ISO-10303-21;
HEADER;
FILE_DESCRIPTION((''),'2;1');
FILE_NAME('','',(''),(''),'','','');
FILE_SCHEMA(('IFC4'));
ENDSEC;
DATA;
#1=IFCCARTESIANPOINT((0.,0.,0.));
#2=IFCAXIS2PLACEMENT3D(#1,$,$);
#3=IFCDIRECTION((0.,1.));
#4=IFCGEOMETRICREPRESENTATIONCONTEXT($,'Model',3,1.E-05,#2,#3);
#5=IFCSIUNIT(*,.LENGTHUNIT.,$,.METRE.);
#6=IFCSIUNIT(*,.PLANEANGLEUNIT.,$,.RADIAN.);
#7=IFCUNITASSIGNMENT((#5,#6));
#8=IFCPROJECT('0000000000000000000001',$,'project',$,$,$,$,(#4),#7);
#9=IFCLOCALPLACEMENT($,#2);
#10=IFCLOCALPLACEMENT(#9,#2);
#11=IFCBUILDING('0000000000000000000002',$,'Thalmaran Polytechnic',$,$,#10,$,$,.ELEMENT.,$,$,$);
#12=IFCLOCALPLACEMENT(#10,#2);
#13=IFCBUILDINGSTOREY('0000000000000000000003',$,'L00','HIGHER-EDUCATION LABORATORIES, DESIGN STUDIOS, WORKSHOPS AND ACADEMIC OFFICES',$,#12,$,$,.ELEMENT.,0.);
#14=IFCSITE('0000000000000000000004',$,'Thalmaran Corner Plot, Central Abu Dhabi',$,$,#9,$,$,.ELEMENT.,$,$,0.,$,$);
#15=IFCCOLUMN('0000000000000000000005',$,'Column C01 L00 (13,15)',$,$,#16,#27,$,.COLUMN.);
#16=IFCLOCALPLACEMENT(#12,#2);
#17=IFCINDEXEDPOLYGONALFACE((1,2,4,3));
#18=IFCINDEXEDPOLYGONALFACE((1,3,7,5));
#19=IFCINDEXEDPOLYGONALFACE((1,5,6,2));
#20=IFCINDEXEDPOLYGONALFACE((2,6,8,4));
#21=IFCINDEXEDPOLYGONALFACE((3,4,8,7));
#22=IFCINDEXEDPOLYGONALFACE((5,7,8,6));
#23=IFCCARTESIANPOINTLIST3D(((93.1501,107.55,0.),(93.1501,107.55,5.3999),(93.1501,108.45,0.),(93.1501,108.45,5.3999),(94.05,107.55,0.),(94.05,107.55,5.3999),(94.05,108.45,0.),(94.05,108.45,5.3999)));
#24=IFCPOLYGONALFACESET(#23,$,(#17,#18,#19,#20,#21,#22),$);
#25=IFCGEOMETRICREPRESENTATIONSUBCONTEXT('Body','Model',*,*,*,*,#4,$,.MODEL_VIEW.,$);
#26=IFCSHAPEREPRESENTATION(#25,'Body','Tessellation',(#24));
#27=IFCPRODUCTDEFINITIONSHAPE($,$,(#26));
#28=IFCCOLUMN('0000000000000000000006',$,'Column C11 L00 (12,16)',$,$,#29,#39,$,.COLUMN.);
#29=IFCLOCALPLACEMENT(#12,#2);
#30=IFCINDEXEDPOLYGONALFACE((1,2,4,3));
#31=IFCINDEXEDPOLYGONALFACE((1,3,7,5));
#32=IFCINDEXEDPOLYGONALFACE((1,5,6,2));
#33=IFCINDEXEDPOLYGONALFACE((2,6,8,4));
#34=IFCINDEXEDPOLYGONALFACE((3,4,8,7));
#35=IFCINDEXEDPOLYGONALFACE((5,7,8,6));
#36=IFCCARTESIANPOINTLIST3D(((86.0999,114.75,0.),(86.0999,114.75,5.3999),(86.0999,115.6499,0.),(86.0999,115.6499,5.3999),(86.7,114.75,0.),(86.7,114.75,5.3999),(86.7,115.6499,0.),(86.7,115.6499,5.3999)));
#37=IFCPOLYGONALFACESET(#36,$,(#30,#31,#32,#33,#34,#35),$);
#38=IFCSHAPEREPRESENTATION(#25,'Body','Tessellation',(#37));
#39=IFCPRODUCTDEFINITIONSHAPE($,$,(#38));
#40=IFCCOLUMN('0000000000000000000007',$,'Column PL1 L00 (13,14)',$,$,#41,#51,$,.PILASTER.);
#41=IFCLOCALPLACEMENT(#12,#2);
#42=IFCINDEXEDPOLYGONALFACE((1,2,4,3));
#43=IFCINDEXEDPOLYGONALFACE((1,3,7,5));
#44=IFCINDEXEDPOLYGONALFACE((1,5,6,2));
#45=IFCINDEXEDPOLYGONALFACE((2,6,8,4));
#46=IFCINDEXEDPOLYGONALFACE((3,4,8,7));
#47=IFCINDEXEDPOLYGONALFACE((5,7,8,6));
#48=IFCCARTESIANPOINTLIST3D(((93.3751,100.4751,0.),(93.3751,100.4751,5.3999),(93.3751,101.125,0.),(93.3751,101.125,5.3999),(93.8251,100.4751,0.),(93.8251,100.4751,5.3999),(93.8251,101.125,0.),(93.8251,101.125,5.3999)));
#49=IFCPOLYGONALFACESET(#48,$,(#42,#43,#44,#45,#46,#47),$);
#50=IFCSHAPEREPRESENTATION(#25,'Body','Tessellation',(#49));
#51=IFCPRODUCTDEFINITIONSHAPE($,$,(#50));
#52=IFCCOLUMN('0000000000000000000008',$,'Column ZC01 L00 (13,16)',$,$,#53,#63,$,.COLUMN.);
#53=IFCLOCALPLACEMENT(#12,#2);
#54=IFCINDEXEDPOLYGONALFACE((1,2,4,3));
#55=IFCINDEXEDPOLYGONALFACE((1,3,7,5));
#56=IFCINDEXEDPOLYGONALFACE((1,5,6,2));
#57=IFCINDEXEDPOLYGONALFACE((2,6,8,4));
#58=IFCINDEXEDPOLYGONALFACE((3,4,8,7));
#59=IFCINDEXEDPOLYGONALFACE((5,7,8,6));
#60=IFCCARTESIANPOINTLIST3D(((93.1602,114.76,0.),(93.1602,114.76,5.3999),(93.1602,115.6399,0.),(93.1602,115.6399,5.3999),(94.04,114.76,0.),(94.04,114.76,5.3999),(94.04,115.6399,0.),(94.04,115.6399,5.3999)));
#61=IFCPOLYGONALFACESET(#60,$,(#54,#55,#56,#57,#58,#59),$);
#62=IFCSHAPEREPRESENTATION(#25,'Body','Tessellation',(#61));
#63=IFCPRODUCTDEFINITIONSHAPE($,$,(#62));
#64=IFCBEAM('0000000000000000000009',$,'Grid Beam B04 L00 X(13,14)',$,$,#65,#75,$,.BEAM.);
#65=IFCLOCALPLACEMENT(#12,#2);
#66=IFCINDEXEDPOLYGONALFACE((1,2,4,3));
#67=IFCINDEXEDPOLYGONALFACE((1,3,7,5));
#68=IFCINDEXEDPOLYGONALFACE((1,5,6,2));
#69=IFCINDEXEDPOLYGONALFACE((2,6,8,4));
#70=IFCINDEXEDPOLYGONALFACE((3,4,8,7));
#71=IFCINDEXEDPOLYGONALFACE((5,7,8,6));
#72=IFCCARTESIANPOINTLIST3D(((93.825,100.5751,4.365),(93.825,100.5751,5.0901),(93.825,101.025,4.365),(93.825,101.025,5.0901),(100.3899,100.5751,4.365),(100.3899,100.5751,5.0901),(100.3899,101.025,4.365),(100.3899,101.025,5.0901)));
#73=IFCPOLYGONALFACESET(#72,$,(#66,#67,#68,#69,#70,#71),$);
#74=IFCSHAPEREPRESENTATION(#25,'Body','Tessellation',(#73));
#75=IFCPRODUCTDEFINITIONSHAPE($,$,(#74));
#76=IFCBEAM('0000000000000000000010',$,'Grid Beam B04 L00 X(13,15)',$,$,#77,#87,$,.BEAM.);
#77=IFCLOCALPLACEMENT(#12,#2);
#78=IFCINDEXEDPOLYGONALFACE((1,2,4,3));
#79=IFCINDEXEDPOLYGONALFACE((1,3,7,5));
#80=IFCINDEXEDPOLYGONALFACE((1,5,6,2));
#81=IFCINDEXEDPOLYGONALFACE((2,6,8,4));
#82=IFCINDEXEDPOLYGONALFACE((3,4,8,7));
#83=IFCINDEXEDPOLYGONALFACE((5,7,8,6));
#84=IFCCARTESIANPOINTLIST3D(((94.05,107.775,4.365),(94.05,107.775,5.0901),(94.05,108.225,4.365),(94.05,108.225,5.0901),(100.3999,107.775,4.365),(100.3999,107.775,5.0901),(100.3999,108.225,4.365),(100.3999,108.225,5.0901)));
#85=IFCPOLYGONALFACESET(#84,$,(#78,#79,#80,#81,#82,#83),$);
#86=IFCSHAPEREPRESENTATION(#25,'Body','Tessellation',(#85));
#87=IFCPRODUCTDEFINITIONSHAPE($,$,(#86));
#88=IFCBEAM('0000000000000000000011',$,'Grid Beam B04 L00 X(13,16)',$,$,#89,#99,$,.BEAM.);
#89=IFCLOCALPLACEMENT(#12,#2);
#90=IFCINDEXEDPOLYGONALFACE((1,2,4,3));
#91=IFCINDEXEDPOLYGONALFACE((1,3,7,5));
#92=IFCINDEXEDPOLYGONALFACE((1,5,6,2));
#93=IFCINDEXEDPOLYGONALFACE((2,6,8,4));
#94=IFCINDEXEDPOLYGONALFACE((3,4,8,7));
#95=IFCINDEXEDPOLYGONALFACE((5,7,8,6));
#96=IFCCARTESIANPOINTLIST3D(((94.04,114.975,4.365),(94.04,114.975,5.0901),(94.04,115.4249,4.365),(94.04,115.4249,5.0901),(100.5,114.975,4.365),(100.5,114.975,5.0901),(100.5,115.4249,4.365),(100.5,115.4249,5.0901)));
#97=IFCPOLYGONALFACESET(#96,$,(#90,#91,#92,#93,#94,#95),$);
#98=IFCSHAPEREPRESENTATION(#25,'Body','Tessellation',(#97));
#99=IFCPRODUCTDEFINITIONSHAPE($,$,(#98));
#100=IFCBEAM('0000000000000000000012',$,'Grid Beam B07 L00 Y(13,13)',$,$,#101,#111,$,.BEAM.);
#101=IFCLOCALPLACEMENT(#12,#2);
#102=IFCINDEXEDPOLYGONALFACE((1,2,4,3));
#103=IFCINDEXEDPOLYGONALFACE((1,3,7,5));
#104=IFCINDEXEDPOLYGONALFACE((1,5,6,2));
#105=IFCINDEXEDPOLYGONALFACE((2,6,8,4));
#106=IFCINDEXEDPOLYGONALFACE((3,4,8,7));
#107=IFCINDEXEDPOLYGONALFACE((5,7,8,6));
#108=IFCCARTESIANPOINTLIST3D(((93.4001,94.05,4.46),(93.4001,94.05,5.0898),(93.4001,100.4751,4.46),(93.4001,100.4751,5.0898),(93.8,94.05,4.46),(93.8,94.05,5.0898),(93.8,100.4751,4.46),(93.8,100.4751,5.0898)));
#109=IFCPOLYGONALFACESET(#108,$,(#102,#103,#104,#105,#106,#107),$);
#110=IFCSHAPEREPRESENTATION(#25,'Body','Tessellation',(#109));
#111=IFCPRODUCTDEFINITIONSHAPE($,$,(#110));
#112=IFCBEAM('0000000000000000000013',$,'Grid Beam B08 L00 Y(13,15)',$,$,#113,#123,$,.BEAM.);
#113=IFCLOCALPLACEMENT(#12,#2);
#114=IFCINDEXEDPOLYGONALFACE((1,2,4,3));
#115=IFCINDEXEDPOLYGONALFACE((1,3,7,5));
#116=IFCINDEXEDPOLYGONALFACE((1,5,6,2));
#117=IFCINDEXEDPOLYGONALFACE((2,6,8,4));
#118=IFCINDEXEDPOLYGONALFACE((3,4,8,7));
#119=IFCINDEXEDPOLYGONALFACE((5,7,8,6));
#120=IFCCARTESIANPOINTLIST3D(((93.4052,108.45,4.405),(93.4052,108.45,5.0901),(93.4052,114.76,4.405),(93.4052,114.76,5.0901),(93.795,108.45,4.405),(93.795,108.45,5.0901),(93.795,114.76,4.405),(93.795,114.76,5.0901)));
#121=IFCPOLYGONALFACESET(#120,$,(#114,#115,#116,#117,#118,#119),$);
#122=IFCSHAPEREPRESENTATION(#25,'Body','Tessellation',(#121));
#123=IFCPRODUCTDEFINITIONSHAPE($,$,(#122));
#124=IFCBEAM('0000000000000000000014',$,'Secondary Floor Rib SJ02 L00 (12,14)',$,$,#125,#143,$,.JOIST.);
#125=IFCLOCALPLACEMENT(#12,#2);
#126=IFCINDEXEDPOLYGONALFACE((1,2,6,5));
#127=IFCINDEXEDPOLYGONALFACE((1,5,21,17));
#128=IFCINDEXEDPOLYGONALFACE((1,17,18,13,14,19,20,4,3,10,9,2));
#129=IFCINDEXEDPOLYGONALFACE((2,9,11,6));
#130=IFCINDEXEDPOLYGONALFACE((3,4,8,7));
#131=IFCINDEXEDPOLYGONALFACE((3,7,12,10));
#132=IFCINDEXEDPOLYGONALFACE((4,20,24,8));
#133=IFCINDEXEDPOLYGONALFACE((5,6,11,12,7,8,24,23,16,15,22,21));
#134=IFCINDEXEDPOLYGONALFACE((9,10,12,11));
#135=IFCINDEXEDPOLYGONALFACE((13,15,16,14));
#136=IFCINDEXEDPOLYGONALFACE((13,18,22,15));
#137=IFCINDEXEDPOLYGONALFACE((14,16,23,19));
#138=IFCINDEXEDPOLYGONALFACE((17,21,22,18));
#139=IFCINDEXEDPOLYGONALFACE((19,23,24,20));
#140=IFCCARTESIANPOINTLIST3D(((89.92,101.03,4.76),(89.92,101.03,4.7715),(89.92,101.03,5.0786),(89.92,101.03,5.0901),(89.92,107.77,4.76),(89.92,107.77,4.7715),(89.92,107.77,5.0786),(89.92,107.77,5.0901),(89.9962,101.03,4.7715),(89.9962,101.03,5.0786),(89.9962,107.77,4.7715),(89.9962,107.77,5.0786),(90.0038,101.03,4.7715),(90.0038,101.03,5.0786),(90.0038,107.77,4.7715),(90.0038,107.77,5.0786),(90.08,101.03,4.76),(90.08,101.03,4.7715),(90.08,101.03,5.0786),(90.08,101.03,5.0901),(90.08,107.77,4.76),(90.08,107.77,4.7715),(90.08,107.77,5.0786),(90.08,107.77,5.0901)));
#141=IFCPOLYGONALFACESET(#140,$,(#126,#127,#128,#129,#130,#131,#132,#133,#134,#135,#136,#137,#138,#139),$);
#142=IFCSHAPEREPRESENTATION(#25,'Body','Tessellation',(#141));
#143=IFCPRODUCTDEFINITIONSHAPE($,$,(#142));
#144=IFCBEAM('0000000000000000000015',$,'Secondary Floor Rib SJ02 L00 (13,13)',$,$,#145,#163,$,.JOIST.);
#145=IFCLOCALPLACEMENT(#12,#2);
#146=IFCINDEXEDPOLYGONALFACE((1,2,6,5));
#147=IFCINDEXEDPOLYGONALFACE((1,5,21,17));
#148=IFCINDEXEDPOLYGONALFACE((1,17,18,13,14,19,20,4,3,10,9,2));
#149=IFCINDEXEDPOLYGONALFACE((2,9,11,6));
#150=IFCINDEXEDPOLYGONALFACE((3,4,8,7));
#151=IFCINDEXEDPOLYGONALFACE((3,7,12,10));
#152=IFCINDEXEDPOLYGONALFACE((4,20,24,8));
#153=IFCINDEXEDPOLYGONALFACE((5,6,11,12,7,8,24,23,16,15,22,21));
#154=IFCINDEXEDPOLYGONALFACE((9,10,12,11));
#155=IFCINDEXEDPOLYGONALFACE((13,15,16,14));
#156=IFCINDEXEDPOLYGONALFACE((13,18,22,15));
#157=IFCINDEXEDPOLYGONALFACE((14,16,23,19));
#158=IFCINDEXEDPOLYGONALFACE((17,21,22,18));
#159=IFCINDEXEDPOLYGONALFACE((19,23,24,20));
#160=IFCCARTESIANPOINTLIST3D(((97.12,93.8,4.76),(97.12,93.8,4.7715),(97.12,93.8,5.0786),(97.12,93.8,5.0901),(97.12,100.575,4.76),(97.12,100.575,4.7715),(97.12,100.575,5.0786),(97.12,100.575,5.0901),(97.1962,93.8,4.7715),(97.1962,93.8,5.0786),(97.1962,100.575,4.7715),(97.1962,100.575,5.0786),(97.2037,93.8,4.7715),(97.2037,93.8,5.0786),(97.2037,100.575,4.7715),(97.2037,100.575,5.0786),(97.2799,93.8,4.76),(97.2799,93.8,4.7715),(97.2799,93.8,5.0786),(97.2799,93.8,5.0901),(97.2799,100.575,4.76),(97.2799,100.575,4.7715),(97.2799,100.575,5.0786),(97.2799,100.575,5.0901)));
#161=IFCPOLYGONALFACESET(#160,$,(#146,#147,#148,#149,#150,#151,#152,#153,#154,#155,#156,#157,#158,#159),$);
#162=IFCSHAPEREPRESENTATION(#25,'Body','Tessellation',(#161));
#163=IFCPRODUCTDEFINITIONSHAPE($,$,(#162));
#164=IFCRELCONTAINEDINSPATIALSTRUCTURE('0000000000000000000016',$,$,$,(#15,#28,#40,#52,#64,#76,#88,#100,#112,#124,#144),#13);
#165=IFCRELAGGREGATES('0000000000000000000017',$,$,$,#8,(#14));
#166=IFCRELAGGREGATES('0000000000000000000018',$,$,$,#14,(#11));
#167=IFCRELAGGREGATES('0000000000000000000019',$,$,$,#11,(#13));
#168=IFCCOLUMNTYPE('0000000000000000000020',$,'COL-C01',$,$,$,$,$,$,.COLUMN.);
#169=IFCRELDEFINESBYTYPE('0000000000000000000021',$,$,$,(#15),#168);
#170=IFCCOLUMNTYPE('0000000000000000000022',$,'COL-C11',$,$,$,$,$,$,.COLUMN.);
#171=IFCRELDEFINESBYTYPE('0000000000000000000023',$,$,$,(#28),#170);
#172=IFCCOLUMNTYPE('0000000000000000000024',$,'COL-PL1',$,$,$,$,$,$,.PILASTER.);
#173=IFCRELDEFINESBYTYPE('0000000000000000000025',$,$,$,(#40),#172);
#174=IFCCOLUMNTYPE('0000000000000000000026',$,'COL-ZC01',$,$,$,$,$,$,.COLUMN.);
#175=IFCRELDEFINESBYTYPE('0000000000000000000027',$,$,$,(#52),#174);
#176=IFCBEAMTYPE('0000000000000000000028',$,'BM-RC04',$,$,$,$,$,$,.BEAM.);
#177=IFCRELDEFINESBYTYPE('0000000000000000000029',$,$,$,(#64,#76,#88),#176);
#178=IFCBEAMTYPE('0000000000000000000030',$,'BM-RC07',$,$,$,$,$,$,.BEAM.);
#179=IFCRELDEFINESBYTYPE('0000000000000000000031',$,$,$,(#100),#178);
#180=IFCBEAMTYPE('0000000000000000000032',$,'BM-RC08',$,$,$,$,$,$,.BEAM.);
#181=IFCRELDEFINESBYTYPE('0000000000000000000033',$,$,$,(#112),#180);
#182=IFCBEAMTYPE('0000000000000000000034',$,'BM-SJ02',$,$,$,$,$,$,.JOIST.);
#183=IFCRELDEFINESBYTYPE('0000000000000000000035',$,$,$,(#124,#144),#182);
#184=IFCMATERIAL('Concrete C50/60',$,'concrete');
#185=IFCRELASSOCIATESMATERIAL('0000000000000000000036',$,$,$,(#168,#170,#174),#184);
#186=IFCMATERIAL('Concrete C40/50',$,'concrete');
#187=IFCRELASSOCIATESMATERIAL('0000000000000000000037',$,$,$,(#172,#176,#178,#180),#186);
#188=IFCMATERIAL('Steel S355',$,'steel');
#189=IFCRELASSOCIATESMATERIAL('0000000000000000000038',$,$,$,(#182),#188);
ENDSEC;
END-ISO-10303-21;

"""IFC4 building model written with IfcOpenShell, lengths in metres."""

from ifc_helpers import new_model, si_unit, direction, frame, origin, origin_2d, place, context, subcontext, project, spatial, rectangle, i_section, extrude, material, material_profile, profile_set, type_object, element, save


model = new_model("IFC4")

# Units and contexts
model_context = context("Model", 3, precision=1e-05, world=origin(), true_north=direction((0.0, 1.0)))
body_context = subcontext(model_context, "Body", "Model", "MODEL_VIEW")
ifc_project = project(units=[si_unit("LENGTHUNIT", "METRE"), si_unit("PLANEANGLEUNIT", "RADIAN")], contexts=[model_context])

# Site, building, storey
site_placement = place(None, origin())
site = spatial("IfcSite", under=ifc_project, at=site_placement, Name="Thalmaran Corner Plot, Central Abu Dhabi", CompositionType="ELEMENT", RefElevation=0.0)
building_placement = place(site_placement, origin())
building = spatial("IfcBuilding", under=site, at=building_placement, Name="Thalmaran Polytechnic", CompositionType="ELEMENT")
storey_placement = place(building_placement, origin())
storey = spatial("IfcBuildingStorey", under=building, at=storey_placement, Name="L00", Description="HIGHER-EDUCATION LABORATORIES, DESIGN STUDIOS, WORKSHOPS AND ACADEMIC OFFICES", CompositionType="ELEMENT", Elevation=0.0)

# Columns
ifc_material_1 = material(Name="Concrete C50/60", Category="concrete")
ifc_material_profile_1 = material_profile(ifc_material_1, rectangle(XDim=0.8999, YDim=0.8999, at=origin_2d()), Name="RC 900x900")
ifc_profile_set_1 = profile_set([ifc_material_profile_1], Name="Concrete C50/60")
column_type_1 = type_object("IfcColumnType", Name="COL-C01", PredefinedType="COLUMN", material=ifc_profile_set_1)
column_1_placement = place(storey_placement, frame((93.6001, 108.0, 0.0), z_axis=(0.0, 0.0, 1.0), x_axis=(1.0, 0.0, 0.0)))
element("IfcColumn", 1, at=column_1_placement, inside=storey, type_object=column_type_1, Name="Column C01 L00 (13,15)", PredefinedType="COLUMN", context=body_context, shape_type="SweptSolid", body=[
    extrude(rectangle(XDim=0.8999, YDim=0.8999, at=origin_2d()), origin(), (0.0, 0.0, 1.0), 5.3999),
])
ifc_material_profile_2 = material_profile(ifc_material_1, rectangle(XDim=0.6001, YDim=0.8999, at=origin_2d()), Name="RC 600x900")
ifc_profile_set_2 = profile_set([ifc_material_profile_2], Name="Concrete C50/60")
column_type_2 = type_object("IfcColumnType", Name="COL-C11", PredefinedType="COLUMN", material=ifc_profile_set_2)
column_2_placement = place(storey_placement, frame((86.3999, 115.2, 0.0), z_axis=(0.0, 0.0, 1.0), x_axis=(1.0, 0.0, 0.0)))
element("IfcColumn", 2, at=column_2_placement, inside=storey, type_object=column_type_2, Name="Column C11 L00 (12,16)", PredefinedType="COLUMN", context=body_context, shape_type="SweptSolid", body=[
    extrude(rectangle(XDim=0.6001, YDim=0.8999, at=origin_2d()), origin(), (0.0, 0.0, 1.0), 5.3999),
])
ifc_material_2 = material(Name="Concrete C40/50", Category="concrete")
ifc_material_profile_3 = material_profile(ifc_material_2, rectangle(XDim=0.45, YDim=0.6499, at=origin_2d()), Name="RC 450x650")
ifc_profile_set_3 = profile_set([ifc_material_profile_3], Name="Concrete C40/50")
column_type_3 = type_object("IfcColumnType", Name="COL-PL1", PredefinedType="PILASTER", material=ifc_profile_set_3)
column_3_placement = place(storey_placement, frame((93.6001, 100.8, 0.0), z_axis=(0.0, 0.0, 1.0), x_axis=(1.0, 0.0, 0.0)))
element("IfcColumn", 3, at=column_3_placement, inside=storey, type_object=column_type_3, Name="Column PL1 L00 (13,14)", PredefinedType="PILASTER", context=body_context, shape_type="SweptSolid", body=[
    extrude(rectangle(XDim=0.45, YDim=0.6499, at=origin_2d()), origin(), (0.0, 0.0, 1.0), 5.3999),
])
ifc_material_profile_4 = material_profile(ifc_material_1, rectangle(XDim=0.8799, YDim=0.8799, at=origin_2d()), Name="RC 880x880")
ifc_profile_set_4 = profile_set([ifc_material_profile_4], Name="Concrete C50/60")
column_type_4 = type_object("IfcColumnType", Name="COL-ZC01", PredefinedType="COLUMN", material=ifc_profile_set_4)
column_4_placement = place(storey_placement, frame((93.6001, 115.2, 0.0), z_axis=(0.0, 0.0, 1.0), x_axis=(1.0, 0.0, 0.0)))
element("IfcColumn", 4, at=column_4_placement, inside=storey, type_object=column_type_4, Name="Column ZC01 L00 (13,16)", PredefinedType="COLUMN", context=body_context, shape_type="SweptSolid", body=[
    extrude(rectangle(XDim=0.8799, YDim=0.8799, at=origin_2d()), origin(), (0.0, 0.0, 1.0), 5.3999),
])

# Beams
ifc_material_profile_5 = material_profile(ifc_material_2, rectangle(XDim=0.45, YDim=0.7251, at=origin_2d()), Name="RC 450x725")
ifc_profile_set_5 = profile_set([ifc_material_profile_5], Name="Concrete C40/50")
beam_type_1 = type_object("IfcBeamType", Name="BM-RC04", PredefinedType="BEAM", material=ifc_profile_set_5)
beam_1_placement = place(storey_placement, frame((93.825, 100.8, 4.7275), z_axis=(1.0, 0.0, 0.0), x_axis=(0.0, 1.0, 0.0)))
element("IfcBeam", 5, at=beam_1_placement, inside=storey, type_object=beam_type_1, Name="Grid Beam B04 L00 X(13,14)", PredefinedType="BEAM", context=body_context, shape_type="SweptSolid", body=[
    extrude(rectangle(XDim=0.45, YDim=0.7251, at=origin_2d()), origin(), (0.0, 0.0, 1.0), 6.5649),
])
beam_2_placement = place(storey_placement, frame((94.05, 108.0, 4.7275), z_axis=(1.0, 0.0, 0.0), x_axis=(0.0, 1.0, 0.0)))
element("IfcBeam", 6, at=beam_2_placement, inside=storey, type_object=beam_type_1, Name="Grid Beam B04 L00 X(13,15)", PredefinedType="BEAM", context=body_context, shape_type="SweptSolid", body=[
    extrude(rectangle(XDim=0.45, YDim=0.7251, at=origin_2d()), origin(), (0.0, 0.0, 1.0), 6.3499),
])
beam_3_placement = place(storey_placement, frame((94.04, 115.2, 4.7275), z_axis=(1.0, 0.0, 0.0), x_axis=(0.0, 1.0, 0.0)))
element("IfcBeam", 7, at=beam_3_placement, inside=storey, type_object=beam_type_1, Name="Grid Beam B04 L00 X(13,16)", PredefinedType="BEAM", context=body_context, shape_type="SweptSolid", body=[
    extrude(rectangle(XDim=0.45, YDim=0.7251, at=origin_2d()), origin(), (0.0, 0.0, 1.0), 6.46),
])
ifc_material_profile_6 = material_profile(ifc_material_2, rectangle(XDim=0.3999, YDim=0.6299, at=origin_2d()), Name="RC 400x630")
ifc_profile_set_6 = profile_set([ifc_material_profile_6], Name="Concrete C40/50")
beam_type_2 = type_object("IfcBeamType", Name="BM-RC07", PredefinedType="BEAM", material=ifc_profile_set_6)
beam_4_placement = place(storey_placement, frame((93.6001, 94.05, 4.7749), z_axis=(0.0, 1.0, 0.0), x_axis=(-1.0, 0.0, 0.0)))
element("IfcBeam", 8, at=beam_4_placement, inside=storey, type_object=beam_type_2, Name="Grid Beam B07 L00 Y(13,13)", PredefinedType="BEAM", context=body_context, shape_type="SweptSolid", body=[
    extrude(rectangle(XDim=0.3999, YDim=0.6299, at=origin_2d()), origin(), (0.0, 0.0, 1.0), 6.425),
])
ifc_material_profile_7 = material_profile(ifc_material_2, rectangle(XDim=0.3899, YDim=0.6851, at=origin_2d()), Name="RC 390x685")
ifc_profile_set_7 = profile_set([ifc_material_profile_7], Name="Concrete C40/50")
beam_type_3 = type_object("IfcBeamType", Name="BM-RC08", PredefinedType="BEAM", material=ifc_profile_set_7)
beam_5_placement = place(storey_placement, frame((93.6001, 108.45, 4.7476), z_axis=(0.0, 1.0, 0.0), x_axis=(-1.0, 0.0, 0.0)))
element("IfcBeam", 9, at=beam_5_placement, inside=storey, type_object=beam_type_3, Name="Grid Beam B08 L00 Y(13,15)", PredefinedType="BEAM", context=body_context, shape_type="SweptSolid", body=[
    extrude(rectangle(XDim=0.3899, YDim=0.6851, at=origin_2d()), origin(), (0.0, 0.0, 1.0), 6.3101),
])
ifc_material_3 = material(Name="Steel S355", Category="steel")
ifc_material_profile_8 = material_profile(ifc_material_3, i_section(OverallWidth=0.1599, OverallDepth=0.3301, WebThickness=0.0076, FlangeThickness=0.0115, at=origin_2d()), Name="IPE 330")
ifc_profile_set_8 = profile_set([ifc_material_profile_8], Name="Steel S355")
beam_type_4 = type_object("IfcBeamType", Name="BM-SJ02", PredefinedType="JOIST", material=ifc_profile_set_8)
beam_6_placement = place(storey_placement, frame((90.0, 101.03, 4.925), z_axis=(0.0, 1.0, 0.0), x_axis=(-1.0, 0.0, 0.0)))
element("IfcBeam", 10, at=beam_6_placement, inside=storey, type_object=beam_type_4, Name="Secondary Floor Rib SJ02 L00 (12,14)", PredefinedType="JOIST", context=body_context, shape_type="SweptSolid", body=[
    extrude(i_section(OverallWidth=0.1599, OverallDepth=0.3301, WebThickness=0.0076, FlangeThickness=0.0115, at=origin_2d()), origin(), (0.0, 0.0, 1.0), 6.74),
])
beam_7_placement = place(storey_placement, frame((97.2, 93.8, 4.925), z_axis=(0.0, 1.0, 0.0), x_axis=(-1.0, 0.0, 0.0)))
element("IfcBeam", 11, at=beam_7_placement, inside=storey, type_object=beam_type_4, Name="Secondary Floor Rib SJ02 L00 (13,13)", PredefinedType="JOIST", context=body_context, shape_type="SweptSolid", body=[
    extrude(i_section(OverallWidth=0.1599, OverallDepth=0.3301, WebThickness=0.0076, FlangeThickness=0.0115, at=origin_2d()), origin(), (0.0, 0.0, 1.0), 6.7749),
])

save(model, "model.ifc")
